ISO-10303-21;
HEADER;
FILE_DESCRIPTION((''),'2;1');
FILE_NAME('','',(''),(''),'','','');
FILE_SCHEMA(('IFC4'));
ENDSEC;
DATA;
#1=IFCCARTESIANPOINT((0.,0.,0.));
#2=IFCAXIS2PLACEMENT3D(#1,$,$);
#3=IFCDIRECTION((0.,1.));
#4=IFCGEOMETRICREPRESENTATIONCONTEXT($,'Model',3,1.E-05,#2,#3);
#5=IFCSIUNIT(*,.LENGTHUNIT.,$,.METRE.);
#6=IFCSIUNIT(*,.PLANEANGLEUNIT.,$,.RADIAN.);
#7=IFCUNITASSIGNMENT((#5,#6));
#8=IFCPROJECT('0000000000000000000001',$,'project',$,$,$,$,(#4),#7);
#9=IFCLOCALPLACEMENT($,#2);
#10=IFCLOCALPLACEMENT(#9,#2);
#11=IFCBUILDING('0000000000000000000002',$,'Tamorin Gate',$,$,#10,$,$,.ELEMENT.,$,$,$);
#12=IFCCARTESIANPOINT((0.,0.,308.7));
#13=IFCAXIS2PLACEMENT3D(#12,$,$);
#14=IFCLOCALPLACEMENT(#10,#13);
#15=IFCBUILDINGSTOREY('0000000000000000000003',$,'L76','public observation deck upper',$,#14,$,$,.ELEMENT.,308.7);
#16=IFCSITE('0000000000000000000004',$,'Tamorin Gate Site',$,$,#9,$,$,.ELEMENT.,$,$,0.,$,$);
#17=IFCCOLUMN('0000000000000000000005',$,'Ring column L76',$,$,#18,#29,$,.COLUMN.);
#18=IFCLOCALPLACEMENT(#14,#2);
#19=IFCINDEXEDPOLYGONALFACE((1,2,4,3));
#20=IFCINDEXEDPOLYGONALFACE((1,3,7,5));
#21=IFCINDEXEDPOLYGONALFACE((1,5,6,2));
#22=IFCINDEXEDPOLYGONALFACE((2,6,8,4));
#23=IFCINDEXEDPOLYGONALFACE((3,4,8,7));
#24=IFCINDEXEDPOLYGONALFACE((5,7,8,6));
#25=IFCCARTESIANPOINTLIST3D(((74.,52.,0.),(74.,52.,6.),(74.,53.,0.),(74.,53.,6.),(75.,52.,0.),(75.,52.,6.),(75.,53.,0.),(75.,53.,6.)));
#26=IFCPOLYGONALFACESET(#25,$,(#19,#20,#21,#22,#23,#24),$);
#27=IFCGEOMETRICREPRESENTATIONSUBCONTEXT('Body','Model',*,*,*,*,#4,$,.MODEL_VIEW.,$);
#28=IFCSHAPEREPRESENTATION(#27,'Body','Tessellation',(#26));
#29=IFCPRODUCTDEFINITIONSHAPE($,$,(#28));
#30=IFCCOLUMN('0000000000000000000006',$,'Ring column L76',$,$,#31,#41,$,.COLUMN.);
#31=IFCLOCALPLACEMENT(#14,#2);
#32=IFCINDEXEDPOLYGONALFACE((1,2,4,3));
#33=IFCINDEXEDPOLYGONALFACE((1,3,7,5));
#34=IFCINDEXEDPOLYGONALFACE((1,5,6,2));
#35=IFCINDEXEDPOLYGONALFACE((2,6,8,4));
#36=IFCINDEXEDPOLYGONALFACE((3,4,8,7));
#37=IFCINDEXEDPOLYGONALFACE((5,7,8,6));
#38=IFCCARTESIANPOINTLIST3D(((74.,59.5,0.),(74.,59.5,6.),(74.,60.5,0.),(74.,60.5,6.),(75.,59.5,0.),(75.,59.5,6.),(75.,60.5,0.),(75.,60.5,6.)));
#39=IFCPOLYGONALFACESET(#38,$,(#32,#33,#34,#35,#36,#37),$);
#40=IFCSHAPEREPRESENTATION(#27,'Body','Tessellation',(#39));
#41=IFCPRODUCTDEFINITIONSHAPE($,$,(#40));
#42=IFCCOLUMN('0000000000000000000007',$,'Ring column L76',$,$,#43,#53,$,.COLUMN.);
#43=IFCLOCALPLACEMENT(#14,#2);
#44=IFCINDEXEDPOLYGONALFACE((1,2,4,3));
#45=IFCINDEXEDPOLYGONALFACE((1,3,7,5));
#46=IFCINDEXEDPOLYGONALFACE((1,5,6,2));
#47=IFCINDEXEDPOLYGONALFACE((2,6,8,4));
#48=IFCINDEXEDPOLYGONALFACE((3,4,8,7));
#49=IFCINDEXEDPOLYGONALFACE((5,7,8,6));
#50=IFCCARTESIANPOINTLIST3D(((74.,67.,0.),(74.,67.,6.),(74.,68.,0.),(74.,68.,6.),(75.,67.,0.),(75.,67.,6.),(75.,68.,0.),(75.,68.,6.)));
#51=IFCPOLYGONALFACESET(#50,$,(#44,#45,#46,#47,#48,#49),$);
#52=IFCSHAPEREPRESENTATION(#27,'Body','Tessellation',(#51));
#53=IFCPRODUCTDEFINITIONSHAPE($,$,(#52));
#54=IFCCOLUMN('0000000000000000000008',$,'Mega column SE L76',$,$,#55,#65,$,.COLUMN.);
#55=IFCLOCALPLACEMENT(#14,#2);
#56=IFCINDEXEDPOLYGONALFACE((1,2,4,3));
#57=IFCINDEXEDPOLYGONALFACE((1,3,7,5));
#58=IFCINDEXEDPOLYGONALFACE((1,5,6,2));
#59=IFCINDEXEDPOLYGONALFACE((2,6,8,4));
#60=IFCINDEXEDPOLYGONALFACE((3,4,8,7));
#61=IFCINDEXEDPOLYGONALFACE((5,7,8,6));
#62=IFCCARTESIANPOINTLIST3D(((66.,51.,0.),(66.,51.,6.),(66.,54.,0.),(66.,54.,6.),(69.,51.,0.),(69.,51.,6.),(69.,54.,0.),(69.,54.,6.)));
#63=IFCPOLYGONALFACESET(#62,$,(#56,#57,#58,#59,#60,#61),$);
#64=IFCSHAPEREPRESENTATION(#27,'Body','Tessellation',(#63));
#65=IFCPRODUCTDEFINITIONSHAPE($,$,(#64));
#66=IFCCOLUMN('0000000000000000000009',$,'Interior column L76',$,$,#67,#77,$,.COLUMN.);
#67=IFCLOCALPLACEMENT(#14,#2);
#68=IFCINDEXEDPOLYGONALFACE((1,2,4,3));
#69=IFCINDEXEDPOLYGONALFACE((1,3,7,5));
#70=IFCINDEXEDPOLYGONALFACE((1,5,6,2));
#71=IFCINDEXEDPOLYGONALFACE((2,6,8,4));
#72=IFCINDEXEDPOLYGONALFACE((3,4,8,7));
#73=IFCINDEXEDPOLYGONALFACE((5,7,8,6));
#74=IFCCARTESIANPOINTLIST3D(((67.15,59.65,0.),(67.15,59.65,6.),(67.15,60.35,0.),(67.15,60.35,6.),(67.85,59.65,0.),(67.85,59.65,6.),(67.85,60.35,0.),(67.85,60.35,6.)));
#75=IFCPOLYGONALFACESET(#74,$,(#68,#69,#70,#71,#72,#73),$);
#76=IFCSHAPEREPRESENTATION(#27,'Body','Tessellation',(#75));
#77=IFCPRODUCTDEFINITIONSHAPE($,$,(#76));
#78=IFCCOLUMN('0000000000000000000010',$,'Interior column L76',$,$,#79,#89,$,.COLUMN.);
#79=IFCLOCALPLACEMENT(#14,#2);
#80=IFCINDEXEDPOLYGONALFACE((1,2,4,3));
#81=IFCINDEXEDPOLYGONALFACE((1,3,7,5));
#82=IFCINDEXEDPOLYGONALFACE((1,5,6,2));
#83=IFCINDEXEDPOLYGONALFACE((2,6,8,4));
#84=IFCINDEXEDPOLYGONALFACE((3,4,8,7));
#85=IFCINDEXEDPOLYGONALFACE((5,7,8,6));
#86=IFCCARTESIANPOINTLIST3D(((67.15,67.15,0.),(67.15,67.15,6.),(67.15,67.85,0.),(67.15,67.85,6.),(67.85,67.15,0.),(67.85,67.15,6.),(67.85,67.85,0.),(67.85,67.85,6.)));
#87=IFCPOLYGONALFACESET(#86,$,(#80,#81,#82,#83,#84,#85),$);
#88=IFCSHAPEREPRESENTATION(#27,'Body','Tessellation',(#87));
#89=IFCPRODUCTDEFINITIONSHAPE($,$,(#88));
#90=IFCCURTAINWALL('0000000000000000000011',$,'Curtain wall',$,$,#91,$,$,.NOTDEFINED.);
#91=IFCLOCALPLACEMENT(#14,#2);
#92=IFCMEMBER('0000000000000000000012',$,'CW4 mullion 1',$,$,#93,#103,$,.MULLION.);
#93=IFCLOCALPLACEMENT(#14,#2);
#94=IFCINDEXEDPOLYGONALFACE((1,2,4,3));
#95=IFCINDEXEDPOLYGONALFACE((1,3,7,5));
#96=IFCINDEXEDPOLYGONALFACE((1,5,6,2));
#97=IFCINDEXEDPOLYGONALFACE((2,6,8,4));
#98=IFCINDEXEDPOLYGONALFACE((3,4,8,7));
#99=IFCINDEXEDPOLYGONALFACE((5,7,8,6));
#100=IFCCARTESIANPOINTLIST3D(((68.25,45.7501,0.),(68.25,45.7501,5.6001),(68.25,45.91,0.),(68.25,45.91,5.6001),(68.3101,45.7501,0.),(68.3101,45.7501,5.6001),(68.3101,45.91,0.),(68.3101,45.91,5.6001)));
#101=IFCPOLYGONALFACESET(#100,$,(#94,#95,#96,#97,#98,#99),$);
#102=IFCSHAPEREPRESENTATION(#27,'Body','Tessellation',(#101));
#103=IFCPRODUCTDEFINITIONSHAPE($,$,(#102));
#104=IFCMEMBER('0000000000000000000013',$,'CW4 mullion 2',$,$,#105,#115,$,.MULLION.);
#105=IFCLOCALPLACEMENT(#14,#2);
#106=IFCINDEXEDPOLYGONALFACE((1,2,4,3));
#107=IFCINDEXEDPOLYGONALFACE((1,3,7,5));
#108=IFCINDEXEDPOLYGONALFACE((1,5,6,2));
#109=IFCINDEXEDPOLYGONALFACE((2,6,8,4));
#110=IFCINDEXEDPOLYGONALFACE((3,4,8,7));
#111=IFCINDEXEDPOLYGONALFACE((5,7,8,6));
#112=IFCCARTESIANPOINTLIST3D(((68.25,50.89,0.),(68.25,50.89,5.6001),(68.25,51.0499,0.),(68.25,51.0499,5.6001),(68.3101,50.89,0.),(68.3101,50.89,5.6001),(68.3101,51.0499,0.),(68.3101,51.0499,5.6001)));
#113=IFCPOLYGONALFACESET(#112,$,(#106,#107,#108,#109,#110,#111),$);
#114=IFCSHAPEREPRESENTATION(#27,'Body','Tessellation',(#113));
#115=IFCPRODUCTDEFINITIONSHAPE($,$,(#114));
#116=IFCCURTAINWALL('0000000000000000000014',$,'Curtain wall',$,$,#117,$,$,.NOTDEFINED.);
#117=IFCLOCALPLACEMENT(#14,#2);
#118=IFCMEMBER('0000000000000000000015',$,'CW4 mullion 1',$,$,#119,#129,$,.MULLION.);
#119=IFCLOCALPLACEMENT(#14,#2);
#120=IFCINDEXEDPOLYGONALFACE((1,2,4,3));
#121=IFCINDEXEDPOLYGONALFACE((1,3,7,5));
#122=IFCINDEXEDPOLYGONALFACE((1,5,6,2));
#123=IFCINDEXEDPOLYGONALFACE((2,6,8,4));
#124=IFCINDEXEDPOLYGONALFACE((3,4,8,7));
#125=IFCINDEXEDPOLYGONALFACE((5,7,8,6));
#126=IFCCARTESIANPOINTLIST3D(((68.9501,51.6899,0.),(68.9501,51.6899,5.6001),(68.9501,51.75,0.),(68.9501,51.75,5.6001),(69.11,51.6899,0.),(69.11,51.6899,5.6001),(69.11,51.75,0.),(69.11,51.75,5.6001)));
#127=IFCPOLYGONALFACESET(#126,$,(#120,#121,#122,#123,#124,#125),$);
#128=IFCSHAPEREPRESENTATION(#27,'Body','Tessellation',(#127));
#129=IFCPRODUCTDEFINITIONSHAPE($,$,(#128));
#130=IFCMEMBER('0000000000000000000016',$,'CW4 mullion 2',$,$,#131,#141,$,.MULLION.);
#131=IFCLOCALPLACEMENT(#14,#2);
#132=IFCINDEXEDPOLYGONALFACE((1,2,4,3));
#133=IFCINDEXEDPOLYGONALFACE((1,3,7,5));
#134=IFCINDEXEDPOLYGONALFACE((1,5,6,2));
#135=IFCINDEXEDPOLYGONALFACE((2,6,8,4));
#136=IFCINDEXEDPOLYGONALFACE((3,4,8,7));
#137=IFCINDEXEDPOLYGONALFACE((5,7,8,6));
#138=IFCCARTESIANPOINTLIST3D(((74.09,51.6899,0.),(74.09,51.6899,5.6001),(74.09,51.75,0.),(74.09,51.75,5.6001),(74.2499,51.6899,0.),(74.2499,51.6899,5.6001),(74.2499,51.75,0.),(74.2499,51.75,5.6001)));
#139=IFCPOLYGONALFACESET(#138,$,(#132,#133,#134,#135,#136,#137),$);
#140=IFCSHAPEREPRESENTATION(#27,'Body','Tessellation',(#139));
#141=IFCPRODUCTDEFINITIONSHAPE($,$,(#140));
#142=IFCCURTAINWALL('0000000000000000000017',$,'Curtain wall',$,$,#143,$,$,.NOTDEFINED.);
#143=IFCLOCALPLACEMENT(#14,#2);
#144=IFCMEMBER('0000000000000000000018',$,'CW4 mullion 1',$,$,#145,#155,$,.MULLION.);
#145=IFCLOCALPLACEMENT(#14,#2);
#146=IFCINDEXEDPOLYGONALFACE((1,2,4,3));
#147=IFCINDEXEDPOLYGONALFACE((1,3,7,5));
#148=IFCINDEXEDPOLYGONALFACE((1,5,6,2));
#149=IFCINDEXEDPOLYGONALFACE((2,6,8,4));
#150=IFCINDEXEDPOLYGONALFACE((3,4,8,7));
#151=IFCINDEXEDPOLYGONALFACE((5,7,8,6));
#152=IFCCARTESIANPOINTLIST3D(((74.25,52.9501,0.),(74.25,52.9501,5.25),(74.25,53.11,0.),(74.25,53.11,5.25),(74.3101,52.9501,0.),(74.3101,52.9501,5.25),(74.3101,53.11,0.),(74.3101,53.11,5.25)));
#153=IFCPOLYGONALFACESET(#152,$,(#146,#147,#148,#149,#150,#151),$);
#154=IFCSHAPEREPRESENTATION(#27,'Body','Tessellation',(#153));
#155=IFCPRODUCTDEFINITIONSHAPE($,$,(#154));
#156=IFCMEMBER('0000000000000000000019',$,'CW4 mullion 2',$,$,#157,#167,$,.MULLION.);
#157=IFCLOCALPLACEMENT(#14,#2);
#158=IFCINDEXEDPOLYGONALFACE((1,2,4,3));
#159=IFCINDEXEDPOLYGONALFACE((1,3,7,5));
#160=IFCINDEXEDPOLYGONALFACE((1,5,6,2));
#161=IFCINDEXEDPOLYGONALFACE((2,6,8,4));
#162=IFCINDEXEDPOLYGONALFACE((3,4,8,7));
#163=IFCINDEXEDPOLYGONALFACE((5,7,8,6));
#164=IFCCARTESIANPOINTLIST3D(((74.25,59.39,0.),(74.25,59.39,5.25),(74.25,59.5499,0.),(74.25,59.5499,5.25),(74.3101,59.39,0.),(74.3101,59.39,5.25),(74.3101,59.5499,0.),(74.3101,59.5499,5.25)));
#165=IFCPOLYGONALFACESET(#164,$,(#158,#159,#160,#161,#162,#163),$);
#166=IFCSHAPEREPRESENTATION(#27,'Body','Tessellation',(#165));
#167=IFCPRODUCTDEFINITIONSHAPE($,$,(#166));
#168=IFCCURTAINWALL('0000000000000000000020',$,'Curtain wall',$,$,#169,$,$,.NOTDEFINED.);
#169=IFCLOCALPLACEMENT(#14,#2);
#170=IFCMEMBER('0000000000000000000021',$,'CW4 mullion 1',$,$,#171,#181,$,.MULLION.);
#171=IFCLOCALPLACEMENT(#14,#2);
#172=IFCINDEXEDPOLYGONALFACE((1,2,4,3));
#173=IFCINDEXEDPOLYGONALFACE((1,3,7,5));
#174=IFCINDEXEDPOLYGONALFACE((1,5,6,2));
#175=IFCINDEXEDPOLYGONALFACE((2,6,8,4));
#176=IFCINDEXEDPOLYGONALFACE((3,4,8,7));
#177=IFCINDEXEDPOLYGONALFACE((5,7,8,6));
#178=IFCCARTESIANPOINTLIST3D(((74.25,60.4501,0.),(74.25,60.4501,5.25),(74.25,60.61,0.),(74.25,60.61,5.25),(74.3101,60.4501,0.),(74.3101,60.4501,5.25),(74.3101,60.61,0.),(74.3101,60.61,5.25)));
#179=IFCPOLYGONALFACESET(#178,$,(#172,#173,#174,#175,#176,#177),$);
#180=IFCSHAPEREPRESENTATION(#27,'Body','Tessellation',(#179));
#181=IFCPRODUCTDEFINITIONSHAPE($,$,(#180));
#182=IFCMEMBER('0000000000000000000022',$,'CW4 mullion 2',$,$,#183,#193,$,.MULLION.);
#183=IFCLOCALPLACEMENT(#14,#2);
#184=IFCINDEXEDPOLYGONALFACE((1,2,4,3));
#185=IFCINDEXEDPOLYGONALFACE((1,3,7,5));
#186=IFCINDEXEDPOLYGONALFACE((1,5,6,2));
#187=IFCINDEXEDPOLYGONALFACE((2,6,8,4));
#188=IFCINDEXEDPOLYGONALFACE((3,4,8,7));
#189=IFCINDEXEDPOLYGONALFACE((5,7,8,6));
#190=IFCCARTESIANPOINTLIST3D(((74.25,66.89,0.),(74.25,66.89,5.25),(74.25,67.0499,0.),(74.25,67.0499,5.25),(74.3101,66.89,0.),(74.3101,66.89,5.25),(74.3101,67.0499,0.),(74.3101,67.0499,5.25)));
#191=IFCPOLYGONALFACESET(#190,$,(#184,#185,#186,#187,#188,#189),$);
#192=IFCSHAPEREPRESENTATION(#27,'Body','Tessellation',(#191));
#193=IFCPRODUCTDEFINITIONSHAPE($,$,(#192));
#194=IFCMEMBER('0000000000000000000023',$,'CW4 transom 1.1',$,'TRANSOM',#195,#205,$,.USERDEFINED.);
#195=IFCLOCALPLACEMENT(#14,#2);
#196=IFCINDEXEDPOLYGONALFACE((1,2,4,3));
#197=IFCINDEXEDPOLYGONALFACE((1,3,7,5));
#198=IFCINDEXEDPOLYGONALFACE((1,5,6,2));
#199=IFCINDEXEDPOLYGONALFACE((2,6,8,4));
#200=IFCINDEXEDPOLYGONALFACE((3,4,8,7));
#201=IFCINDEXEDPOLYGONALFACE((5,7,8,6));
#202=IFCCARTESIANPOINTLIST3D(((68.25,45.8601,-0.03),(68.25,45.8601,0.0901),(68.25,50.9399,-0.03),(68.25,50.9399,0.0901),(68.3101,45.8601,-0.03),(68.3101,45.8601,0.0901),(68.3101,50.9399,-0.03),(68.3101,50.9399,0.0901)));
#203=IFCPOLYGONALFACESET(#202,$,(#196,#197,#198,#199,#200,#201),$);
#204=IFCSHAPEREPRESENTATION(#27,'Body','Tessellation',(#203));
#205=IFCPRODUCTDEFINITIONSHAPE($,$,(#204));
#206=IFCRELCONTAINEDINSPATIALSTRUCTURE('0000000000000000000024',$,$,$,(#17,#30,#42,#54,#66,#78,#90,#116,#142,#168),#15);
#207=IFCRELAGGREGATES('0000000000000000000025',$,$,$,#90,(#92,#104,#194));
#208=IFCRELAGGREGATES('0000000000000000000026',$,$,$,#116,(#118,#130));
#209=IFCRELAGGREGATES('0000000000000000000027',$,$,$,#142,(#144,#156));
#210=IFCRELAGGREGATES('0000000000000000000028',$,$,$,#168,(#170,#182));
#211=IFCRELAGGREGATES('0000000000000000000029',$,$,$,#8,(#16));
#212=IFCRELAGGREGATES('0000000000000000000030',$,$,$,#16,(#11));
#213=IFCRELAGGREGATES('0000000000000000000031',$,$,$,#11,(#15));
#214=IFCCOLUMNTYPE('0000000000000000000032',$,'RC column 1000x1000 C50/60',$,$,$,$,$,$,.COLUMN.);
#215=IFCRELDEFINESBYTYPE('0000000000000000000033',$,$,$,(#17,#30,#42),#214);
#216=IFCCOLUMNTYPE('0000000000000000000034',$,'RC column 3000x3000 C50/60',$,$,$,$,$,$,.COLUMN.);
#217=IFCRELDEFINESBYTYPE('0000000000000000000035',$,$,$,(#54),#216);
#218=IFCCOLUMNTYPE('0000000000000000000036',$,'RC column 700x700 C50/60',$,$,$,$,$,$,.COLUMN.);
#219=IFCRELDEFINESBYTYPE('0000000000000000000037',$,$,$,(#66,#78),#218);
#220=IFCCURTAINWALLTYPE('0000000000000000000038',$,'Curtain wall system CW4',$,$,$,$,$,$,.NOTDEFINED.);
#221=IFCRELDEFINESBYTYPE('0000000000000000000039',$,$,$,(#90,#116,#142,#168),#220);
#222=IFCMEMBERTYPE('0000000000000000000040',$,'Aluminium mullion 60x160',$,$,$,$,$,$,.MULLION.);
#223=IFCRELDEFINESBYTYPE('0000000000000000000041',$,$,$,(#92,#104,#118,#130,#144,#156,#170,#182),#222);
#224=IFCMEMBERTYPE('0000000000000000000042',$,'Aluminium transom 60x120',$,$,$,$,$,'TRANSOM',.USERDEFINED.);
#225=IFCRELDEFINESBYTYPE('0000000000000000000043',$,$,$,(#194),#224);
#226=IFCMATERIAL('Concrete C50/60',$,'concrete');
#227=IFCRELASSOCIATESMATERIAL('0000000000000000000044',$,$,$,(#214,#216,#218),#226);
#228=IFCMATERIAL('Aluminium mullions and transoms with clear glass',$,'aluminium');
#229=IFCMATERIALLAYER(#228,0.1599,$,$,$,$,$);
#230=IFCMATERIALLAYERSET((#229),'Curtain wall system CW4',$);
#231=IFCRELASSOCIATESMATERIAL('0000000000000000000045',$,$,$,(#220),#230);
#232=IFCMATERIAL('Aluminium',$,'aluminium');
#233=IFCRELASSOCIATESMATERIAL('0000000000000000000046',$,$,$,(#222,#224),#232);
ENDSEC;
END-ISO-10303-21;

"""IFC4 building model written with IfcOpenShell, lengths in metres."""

from ifc_helpers import new_model, si_unit, direction, frame, origin, origin_2d, place, context, subcontext, project, spatial, rectangle, extrude, material, layer, layer_set, material_profile, profile_set, type_object, element, aggregate, save


model = new_model("IFC4")

# Units and contexts
model_context = context("Model", 3, precision=1e-05, world=origin(), true_north=direction((0.0, 1.0)))
body_context = subcontext(model_context, "Body", "Model", "MODEL_VIEW")
ifc_project = project(units=[si_unit("LENGTHUNIT", "METRE"), si_unit("PLANEANGLEUNIT", "RADIAN")], contexts=[model_context])

# Site, building, storey
site_placement = place(None, origin())
site = spatial("IfcSite", under=ifc_project, at=site_placement, Name="Tamorin Gate Site", CompositionType="ELEMENT", RefElevation=0.0)
building_placement = place(site_placement, origin())
building = spatial("IfcBuilding", under=site, at=building_placement, Name="Tamorin Gate", CompositionType="ELEMENT")
storey_placement = place(building_placement, frame((0.0, 0.0, 308.7)))
storey = spatial("IfcBuildingStorey", under=building, at=storey_placement, Name="L76", Description="public observation deck upper", CompositionType="ELEMENT", Elevation=308.7)

# Columns
ifc_material_1 = material(Name="Concrete C50/60", Category="concrete")
ifc_material_profile_1 = material_profile(ifc_material_1, rectangle(XDim=1.0, YDim=1.0, at=origin_2d()), Name="RC 1000x1000")
ifc_profile_set_1 = profile_set([ifc_material_profile_1], Name="Concrete C50/60")
column_type_1 = type_object("IfcColumnType", Name="RC column 1000x1000 C50/60", PredefinedType="COLUMN", material=ifc_profile_set_1)
for number, where, z_axis, x_axis, name in (
    (1, (74.5, 52.5, 0.0), (0.0, 0.0, 1.0), (1.0, 0.0, 0.0), "Ring column L76"),
    (2, (74.5, 60.0, 0.0), (0.0, 0.0, 1.0), (1.0, 0.0, 0.0), "Ring column L76"),
    (3, (74.5, 67.5, 0.0), (0.0, 0.0, 1.0), (1.0, 0.0, 0.0), "Ring column L76"),
):
    element("IfcColumn", number, at=place(storey_placement, frame(where, z_axis=z_axis, x_axis=x_axis)), inside=storey, type_object=column_type_1, Name=name, PredefinedType="COLUMN", context=body_context, shape_type="SweptSolid", body=[
        extrude(rectangle(XDim=1.0, YDim=1.0, at=origin_2d()), origin(), (0.0, 0.0, 1.0), 6.0),
    ])
ifc_material_profile_2 = material_profile(ifc_material_1, rectangle(XDim=3.0, YDim=3.0, at=origin_2d()), Name="RC 3000x3000")
ifc_profile_set_2 = profile_set([ifc_material_profile_2], Name="Concrete C50/60")
column_type_2 = type_object("IfcColumnType", Name="RC column 3000x3000 C50/60", PredefinedType="COLUMN", material=ifc_profile_set_2)
column_placement = place(storey_placement, frame((67.5, 52.5, 0.0), z_axis=(0.0, 0.0, 1.0), x_axis=(1.0, 0.0, 0.0)))
element("IfcColumn", 4, at=column_placement, inside=storey, type_object=column_type_2, Name="Mega column SE L76", PredefinedType="COLUMN", context=body_context, shape_type="SweptSolid", body=[
    extrude(rectangle(XDim=3.0, YDim=3.0, at=origin_2d()), origin(), (0.0, 0.0, 1.0), 6.0),
])
ifc_material_profile_3 = material_profile(ifc_material_1, rectangle(XDim=0.7, YDim=0.7, at=origin_2d()), Name="RC 700x700")
ifc_profile_set_3 = profile_set([ifc_material_profile_3], Name="Concrete C50/60")
column_type_3 = type_object("IfcColumnType", Name="RC column 700x700 C50/60", PredefinedType="COLUMN", material=ifc_profile_set_3)
for number, where, z_axis, x_axis, name in (
    (5, (67.5, 60.0, 0.0), (0.0, 0.0, 1.0), (1.0, 0.0, 0.0), "Interior column L76"),
    (6, (67.5, 67.5, 0.0), (0.0, 0.0, 1.0), (1.0, 0.0, 0.0), "Interior column L76"),
):
    element("IfcColumn", number, at=place(storey_placement, frame(where, z_axis=z_axis, x_axis=x_axis)), inside=storey, type_object=column_type_3, Name=name, PredefinedType="COLUMN", context=body_context, shape_type="SweptSolid", body=[
        extrude(rectangle(XDim=0.7, YDim=0.7, at=origin_2d()), origin(), (0.0, 0.0, 1.0), 6.0),
    ])

# Curtain walls, members
ifc_material_2 = material(Name="Aluminium mullions and transoms with clear glass", Category="aluminium")
ifc_layer_1 = layer(ifc_material_2, 0.1599)
ifc_layer_set_1 = layer_set([ifc_layer_1], Name="Curtain wall system CW4")
curtain_wall_type = type_object("IfcCurtainWallType", Name="Curtain wall system CW4", PredefinedType="NOTDEFINED", material=ifc_layer_set_1)
curtain_wall_1_placement = place(storey_placement, origin())
curtain_wall_1 = element("IfcCurtainWall", 7, at=curtain_wall_1_placement, inside=storey, type_object=curtain_wall_type, Name="Curtain wall", PredefinedType="NOTDEFINED")
ifc_material_3 = material(Name="Aluminium", Category="aluminium")
ifc_material_profile_4 = material_profile(ifc_material_3, rectangle(XDim=0.0601, YDim=0.1599, at=origin_2d()), Name="RECT 60x160")
ifc_profile_set_4 = profile_set([ifc_material_profile_4], Name="Aluminium")
member_type_1 = type_object("IfcMemberType", Name="Aluminium mullion 60x160", PredefinedType="MULLION", material=ifc_profile_set_4)
member_1_placement = place(storey_placement, frame((68.28, 45.8301, 0.0), z_axis=(0.0, 0.0, 1.0), x_axis=(-1.0, 0.0, 0.0)))
member_1 = element("IfcMember", 8, at=member_1_placement, type_object=member_type_1, Name="CW4 mullion 1", PredefinedType="MULLION", context=body_context, shape_type="SweptSolid", body=[
    extrude(rectangle(XDim=0.0601, YDim=0.1599, at=origin_2d()), origin(), (0.0, 0.0, 1.0), 5.6001),
])
member_2_placement = place(storey_placement, frame((68.28, 50.97, 0.0), z_axis=(0.0, 0.0, 1.0), x_axis=(-1.0, 0.0, 0.0)))
member_2 = element("IfcMember", 9, at=member_2_placement, type_object=member_type_1, Name="CW4 mullion 2", PredefinedType="MULLION", context=body_context, shape_type="SweptSolid", body=[
    extrude(rectangle(XDim=0.0601, YDim=0.1599, at=origin_2d()), origin(), (0.0, 0.0, 1.0), 5.6001),
])
curtain_wall_2_placement = place(storey_placement, origin())
curtain_wall_2 = element("IfcCurtainWall", 10, at=curtain_wall_2_placement, inside=storey, type_object=curtain_wall_type, Name="Curtain wall", PredefinedType="NOTDEFINED")
member_3_placement = place(storey_placement, frame((69.03, 51.72, 0.0), z_axis=(0.0, 0.0, 1.0), x_axis=(0.0, 1.0, 0.0)))
member_3 = element("IfcMember", 11, at=member_3_placement, type_object=member_type_1, Name="CW4 mullion 1", PredefinedType="MULLION", context=body_context, shape_type="SweptSolid", body=[
    extrude(rectangle(XDim=0.0601, YDim=0.1599, at=origin_2d()), origin(), (0.0, 0.0, 1.0), 5.6001),
])
member_4_placement = place(storey_placement, frame((74.1699, 51.72, 0.0), z_axis=(0.0, 0.0, 1.0), x_axis=(0.0, 1.0, 0.0)))
member_4 = element("IfcMember", 12, at=member_4_placement, type_object=member_type_1, Name="CW4 mullion 2", PredefinedType="MULLION", context=body_context, shape_type="SweptSolid", body=[
    extrude(rectangle(XDim=0.0601, YDim=0.1599, at=origin_2d()), origin(), (0.0, 0.0, 1.0), 5.6001),
])
curtain_wall_3_placement = place(storey_placement, origin())
curtain_wall_3 = element("IfcCurtainWall", 13, at=curtain_wall_3_placement, inside=storey, type_object=curtain_wall_type, Name="Curtain wall", PredefinedType="NOTDEFINED")
member_5_placement = place(storey_placement, frame((74.28, 53.03, 0.0), z_axis=(0.0, 0.0, 1.0), x_axis=(-1.0, 0.0, 0.0)))
member_5 = element("IfcMember", 14, at=member_5_placement, type_object=member_type_1, Name="CW4 mullion 1", PredefinedType="MULLION", context=body_context, shape_type="SweptSolid", body=[
    extrude(rectangle(XDim=0.0601, YDim=0.1599, at=origin_2d()), origin(), (0.0, 0.0, 1.0), 5.25),
])
member_6_placement = place(storey_placement, frame((74.28, 59.47, 0.0), z_axis=(0.0, 0.0, 1.0), x_axis=(-1.0, 0.0, 0.0)))
member_6 = element("IfcMember", 15, at=member_6_placement, type_object=member_type_1, Name="CW4 mullion 2", PredefinedType="MULLION", context=body_context, shape_type="SweptSolid", body=[
    extrude(rectangle(XDim=0.0601, YDim=0.1599, at=origin_2d()), origin(), (0.0, 0.0, 1.0), 5.25),
])
curtain_wall_4_placement = place(storey_placement, origin())
curtain_wall_4 = element("IfcCurtainWall", 16, at=curtain_wall_4_placement, inside=storey, type_object=curtain_wall_type, Name="Curtain wall", PredefinedType="NOTDEFINED")
member_7_placement = place(storey_placement, frame((74.28, 60.53, 0.0), z_axis=(0.0, 0.0, 1.0), x_axis=(-1.0, 0.0, 0.0)))
member_7 = element("IfcMember", 17, at=member_7_placement, type_object=member_type_1, Name="CW4 mullion 1", PredefinedType="MULLION", context=body_context, shape_type="SweptSolid", body=[
    extrude(rectangle(XDim=0.0601, YDim=0.1599, at=origin_2d()), origin(), (0.0, 0.0, 1.0), 5.25),
])
member_8_placement = place(storey_placement, frame((74.28, 66.97, 0.0), z_axis=(0.0, 0.0, 1.0), x_axis=(-1.0, 0.0, 0.0)))
member_8 = element("IfcMember", 18, at=member_8_placement, type_object=member_type_1, Name="CW4 mullion 2", PredefinedType="MULLION", context=body_context, shape_type="SweptSolid", body=[
    extrude(rectangle(XDim=0.0601, YDim=0.1599, at=origin_2d()), origin(), (0.0, 0.0, 1.0), 5.25),
])

# Member
ifc_material_profile_5 = material_profile(ifc_material_3, rectangle(XDim=0.0601, YDim=0.1201, at=origin_2d()), Name="RECT 60x120")
ifc_profile_set_5 = profile_set([ifc_material_profile_5], Name="Aluminium")
member_type_2 = type_object("IfcMemberType", Name="Aluminium transom 60x120", ElementType="TRANSOM", PredefinedType="USERDEFINED", material=ifc_profile_set_5)
member_9_placement = place(storey_placement, frame((68.28, 45.8601, 0.03), z_axis=(0.0, 1.0, 0.0), x_axis=(-1.0, 0.0, 0.0)))
member_9 = element("IfcMember", 19, at=member_9_placement, type_object=member_type_2, Name="CW4 transom 1.1", ObjectType="TRANSOM", PredefinedType="USERDEFINED", context=body_context, shape_type="SweptSolid", body=[
    extrude(rectangle(XDim=0.0601, YDim=0.1201, at=origin_2d()), origin(), (0.0, 0.0, 1.0), 5.0798),
])

aggregate(curtain_wall_1, [member_1, member_2, member_9])
aggregate(curtain_wall_2, [member_3, member_4])
aggregate(curtain_wall_3, [member_5, member_6])
aggregate(curtain_wall_4, [member_7, member_8])

save(model, "model.ifc")
